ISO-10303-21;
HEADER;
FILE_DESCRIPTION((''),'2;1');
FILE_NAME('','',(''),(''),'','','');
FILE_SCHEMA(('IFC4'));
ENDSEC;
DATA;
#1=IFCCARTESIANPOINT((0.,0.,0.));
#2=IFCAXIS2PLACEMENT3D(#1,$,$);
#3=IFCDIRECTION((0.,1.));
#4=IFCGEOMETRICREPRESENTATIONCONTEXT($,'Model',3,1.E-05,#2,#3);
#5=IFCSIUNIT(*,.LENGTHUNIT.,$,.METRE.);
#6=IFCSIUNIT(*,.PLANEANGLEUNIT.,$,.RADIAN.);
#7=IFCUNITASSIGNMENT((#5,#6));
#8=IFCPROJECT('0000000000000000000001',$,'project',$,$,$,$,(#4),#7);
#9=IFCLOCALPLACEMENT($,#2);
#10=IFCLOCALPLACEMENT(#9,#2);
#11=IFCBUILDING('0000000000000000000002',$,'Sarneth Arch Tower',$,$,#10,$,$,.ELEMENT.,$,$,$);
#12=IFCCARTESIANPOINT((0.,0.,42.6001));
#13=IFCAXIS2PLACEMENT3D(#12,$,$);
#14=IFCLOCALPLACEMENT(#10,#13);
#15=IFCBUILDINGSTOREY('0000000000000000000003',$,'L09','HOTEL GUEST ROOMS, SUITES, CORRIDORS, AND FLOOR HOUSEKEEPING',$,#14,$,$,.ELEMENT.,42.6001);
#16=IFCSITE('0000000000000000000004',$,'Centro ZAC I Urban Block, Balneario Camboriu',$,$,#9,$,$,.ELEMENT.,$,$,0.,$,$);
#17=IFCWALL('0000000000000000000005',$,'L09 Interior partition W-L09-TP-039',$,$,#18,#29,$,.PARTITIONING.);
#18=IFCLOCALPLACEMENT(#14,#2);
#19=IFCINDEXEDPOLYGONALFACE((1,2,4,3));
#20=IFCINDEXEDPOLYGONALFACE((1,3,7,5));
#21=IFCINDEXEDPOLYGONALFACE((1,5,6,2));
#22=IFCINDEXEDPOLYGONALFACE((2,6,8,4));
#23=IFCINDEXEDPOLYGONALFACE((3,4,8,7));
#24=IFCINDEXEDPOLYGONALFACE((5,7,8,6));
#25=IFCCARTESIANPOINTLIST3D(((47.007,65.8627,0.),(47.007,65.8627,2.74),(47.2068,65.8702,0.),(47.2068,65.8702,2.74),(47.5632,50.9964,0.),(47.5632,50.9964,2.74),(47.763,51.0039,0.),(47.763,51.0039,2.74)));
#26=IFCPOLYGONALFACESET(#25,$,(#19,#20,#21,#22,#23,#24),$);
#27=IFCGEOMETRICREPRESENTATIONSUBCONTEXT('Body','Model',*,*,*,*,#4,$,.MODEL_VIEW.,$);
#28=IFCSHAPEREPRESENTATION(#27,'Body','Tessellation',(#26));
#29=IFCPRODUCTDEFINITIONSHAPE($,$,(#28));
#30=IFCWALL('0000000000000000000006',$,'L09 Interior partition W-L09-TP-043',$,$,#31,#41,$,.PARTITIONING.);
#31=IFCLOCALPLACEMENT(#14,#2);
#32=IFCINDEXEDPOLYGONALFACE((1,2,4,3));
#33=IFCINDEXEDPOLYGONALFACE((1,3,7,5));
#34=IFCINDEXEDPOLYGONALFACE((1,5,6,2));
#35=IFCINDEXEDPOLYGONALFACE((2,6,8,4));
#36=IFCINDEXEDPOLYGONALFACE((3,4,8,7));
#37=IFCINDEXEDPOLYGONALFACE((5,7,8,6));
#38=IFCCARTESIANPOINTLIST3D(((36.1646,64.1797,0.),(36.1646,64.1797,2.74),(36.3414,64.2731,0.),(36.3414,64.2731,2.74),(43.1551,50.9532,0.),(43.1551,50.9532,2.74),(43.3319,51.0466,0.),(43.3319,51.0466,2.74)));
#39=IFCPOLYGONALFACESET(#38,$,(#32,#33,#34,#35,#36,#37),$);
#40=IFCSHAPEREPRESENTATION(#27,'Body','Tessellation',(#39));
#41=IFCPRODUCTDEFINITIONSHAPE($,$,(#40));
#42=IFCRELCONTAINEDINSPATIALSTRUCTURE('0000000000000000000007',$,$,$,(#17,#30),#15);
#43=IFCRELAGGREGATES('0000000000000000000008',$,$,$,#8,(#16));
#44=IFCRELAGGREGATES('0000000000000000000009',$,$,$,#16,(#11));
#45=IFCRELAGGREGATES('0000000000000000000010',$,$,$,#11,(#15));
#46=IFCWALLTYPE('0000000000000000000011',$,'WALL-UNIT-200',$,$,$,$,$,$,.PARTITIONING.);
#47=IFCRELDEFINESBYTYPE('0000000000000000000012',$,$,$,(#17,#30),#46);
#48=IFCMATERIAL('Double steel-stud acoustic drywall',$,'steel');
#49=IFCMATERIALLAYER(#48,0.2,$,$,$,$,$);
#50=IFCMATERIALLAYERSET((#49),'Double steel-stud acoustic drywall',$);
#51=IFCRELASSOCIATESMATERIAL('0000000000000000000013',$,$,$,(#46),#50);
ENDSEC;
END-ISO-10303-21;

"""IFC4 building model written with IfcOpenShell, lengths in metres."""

from ifc_helpers import new_model, si_unit, direction, frame, frame_2d, origin, place, context, subcontext, project, spatial, rectangle, extrude, material, layer, layer_set, type_object, element, save


model = new_model("IFC4")

# Units and contexts
model_context = context("Model", 3, precision=1e-05, world=origin(), true_north=direction((0.0, 1.0)))
body_context = subcontext(model_context, "Body", "Model", "MODEL_VIEW")
ifc_project = project(units=[si_unit("LENGTHUNIT", "METRE"), si_unit("PLANEANGLEUNIT", "RADIAN")], contexts=[model_context])

# Site, building, storey
site_placement = place(None, origin())
site = spatial("IfcSite", under=ifc_project, at=site_placement, Name="Centro ZAC I Urban Block, Balneario Camboriu", CompositionType="ELEMENT", RefElevation=0.0)
building_placement = place(site_placement, origin())
building = spatial("IfcBuilding", under=site, at=building_placement, Name="Sarneth Arch Tower", CompositionType="ELEMENT")
storey_placement = place(building_placement, frame((0.0, 0.0, 42.6001)))
storey = spatial("IfcBuildingStorey", under=building, at=storey_placement, Name="L09", Description="HOTEL GUEST ROOMS, SUITES, CORRIDORS, AND FLOOR HOUSEKEEPING", CompositionType="ELEMENT", Elevation=42.6001)

# Walls
ifc_material_1 = material(Name="Double steel-stud acoustic drywall", Category="steel")
ifc_layer_1 = layer(ifc_material_1, 0.2)
ifc_layer_set_1 = layer_set([ifc_layer_1], Name="Double steel-stud acoustic drywall")
wall_type_1 = type_object("IfcWallType", Name="WALL-UNIT-200", PredefinedType="PARTITIONING", material=ifc_layer_set_1)
wall_1_placement = place(storey_placement, frame((47.6631, 51.0, 0.0), z_axis=(0.0, 0.0, 1.0), x_axis=(-0.037384, 0.999301, 0.0)))
element("IfcWall", 1, at=wall_1_placement, inside=storey, type_object=wall_type_1, Name="L09 Interior partition W-L09-TP-039", PredefinedType="PARTITIONING", context=body_context, shape_type="SweptSolid", body=[
    extrude(rectangle(XDim=14.8767, YDim=0.2, at=frame_2d((7.4385, 0.0))), origin(), (0.0, 0.0, 1.0), 2.74),
])
wall_2_placement = place(storey_placement, frame((43.2434, 51.0, 0.0), z_axis=(0.0, 0.0, 1.0), x_axis=(-0.467271, 0.884114, 0.0)))
element("IfcWall", 2, at=wall_2_placement, inside=storey, type_object=wall_type_1, Name="L09 Interior partition W-L09-TP-043", PredefinedType="PARTITIONING", context=body_context, shape_type="SweptSolid", body=[
    extrude(rectangle(XDim=14.9602, YDim=0.2, at=frame_2d((7.48, 0.0))), origin(), (0.0, 0.0, 1.0), 2.74),
])

save(model, "model.ifc")
